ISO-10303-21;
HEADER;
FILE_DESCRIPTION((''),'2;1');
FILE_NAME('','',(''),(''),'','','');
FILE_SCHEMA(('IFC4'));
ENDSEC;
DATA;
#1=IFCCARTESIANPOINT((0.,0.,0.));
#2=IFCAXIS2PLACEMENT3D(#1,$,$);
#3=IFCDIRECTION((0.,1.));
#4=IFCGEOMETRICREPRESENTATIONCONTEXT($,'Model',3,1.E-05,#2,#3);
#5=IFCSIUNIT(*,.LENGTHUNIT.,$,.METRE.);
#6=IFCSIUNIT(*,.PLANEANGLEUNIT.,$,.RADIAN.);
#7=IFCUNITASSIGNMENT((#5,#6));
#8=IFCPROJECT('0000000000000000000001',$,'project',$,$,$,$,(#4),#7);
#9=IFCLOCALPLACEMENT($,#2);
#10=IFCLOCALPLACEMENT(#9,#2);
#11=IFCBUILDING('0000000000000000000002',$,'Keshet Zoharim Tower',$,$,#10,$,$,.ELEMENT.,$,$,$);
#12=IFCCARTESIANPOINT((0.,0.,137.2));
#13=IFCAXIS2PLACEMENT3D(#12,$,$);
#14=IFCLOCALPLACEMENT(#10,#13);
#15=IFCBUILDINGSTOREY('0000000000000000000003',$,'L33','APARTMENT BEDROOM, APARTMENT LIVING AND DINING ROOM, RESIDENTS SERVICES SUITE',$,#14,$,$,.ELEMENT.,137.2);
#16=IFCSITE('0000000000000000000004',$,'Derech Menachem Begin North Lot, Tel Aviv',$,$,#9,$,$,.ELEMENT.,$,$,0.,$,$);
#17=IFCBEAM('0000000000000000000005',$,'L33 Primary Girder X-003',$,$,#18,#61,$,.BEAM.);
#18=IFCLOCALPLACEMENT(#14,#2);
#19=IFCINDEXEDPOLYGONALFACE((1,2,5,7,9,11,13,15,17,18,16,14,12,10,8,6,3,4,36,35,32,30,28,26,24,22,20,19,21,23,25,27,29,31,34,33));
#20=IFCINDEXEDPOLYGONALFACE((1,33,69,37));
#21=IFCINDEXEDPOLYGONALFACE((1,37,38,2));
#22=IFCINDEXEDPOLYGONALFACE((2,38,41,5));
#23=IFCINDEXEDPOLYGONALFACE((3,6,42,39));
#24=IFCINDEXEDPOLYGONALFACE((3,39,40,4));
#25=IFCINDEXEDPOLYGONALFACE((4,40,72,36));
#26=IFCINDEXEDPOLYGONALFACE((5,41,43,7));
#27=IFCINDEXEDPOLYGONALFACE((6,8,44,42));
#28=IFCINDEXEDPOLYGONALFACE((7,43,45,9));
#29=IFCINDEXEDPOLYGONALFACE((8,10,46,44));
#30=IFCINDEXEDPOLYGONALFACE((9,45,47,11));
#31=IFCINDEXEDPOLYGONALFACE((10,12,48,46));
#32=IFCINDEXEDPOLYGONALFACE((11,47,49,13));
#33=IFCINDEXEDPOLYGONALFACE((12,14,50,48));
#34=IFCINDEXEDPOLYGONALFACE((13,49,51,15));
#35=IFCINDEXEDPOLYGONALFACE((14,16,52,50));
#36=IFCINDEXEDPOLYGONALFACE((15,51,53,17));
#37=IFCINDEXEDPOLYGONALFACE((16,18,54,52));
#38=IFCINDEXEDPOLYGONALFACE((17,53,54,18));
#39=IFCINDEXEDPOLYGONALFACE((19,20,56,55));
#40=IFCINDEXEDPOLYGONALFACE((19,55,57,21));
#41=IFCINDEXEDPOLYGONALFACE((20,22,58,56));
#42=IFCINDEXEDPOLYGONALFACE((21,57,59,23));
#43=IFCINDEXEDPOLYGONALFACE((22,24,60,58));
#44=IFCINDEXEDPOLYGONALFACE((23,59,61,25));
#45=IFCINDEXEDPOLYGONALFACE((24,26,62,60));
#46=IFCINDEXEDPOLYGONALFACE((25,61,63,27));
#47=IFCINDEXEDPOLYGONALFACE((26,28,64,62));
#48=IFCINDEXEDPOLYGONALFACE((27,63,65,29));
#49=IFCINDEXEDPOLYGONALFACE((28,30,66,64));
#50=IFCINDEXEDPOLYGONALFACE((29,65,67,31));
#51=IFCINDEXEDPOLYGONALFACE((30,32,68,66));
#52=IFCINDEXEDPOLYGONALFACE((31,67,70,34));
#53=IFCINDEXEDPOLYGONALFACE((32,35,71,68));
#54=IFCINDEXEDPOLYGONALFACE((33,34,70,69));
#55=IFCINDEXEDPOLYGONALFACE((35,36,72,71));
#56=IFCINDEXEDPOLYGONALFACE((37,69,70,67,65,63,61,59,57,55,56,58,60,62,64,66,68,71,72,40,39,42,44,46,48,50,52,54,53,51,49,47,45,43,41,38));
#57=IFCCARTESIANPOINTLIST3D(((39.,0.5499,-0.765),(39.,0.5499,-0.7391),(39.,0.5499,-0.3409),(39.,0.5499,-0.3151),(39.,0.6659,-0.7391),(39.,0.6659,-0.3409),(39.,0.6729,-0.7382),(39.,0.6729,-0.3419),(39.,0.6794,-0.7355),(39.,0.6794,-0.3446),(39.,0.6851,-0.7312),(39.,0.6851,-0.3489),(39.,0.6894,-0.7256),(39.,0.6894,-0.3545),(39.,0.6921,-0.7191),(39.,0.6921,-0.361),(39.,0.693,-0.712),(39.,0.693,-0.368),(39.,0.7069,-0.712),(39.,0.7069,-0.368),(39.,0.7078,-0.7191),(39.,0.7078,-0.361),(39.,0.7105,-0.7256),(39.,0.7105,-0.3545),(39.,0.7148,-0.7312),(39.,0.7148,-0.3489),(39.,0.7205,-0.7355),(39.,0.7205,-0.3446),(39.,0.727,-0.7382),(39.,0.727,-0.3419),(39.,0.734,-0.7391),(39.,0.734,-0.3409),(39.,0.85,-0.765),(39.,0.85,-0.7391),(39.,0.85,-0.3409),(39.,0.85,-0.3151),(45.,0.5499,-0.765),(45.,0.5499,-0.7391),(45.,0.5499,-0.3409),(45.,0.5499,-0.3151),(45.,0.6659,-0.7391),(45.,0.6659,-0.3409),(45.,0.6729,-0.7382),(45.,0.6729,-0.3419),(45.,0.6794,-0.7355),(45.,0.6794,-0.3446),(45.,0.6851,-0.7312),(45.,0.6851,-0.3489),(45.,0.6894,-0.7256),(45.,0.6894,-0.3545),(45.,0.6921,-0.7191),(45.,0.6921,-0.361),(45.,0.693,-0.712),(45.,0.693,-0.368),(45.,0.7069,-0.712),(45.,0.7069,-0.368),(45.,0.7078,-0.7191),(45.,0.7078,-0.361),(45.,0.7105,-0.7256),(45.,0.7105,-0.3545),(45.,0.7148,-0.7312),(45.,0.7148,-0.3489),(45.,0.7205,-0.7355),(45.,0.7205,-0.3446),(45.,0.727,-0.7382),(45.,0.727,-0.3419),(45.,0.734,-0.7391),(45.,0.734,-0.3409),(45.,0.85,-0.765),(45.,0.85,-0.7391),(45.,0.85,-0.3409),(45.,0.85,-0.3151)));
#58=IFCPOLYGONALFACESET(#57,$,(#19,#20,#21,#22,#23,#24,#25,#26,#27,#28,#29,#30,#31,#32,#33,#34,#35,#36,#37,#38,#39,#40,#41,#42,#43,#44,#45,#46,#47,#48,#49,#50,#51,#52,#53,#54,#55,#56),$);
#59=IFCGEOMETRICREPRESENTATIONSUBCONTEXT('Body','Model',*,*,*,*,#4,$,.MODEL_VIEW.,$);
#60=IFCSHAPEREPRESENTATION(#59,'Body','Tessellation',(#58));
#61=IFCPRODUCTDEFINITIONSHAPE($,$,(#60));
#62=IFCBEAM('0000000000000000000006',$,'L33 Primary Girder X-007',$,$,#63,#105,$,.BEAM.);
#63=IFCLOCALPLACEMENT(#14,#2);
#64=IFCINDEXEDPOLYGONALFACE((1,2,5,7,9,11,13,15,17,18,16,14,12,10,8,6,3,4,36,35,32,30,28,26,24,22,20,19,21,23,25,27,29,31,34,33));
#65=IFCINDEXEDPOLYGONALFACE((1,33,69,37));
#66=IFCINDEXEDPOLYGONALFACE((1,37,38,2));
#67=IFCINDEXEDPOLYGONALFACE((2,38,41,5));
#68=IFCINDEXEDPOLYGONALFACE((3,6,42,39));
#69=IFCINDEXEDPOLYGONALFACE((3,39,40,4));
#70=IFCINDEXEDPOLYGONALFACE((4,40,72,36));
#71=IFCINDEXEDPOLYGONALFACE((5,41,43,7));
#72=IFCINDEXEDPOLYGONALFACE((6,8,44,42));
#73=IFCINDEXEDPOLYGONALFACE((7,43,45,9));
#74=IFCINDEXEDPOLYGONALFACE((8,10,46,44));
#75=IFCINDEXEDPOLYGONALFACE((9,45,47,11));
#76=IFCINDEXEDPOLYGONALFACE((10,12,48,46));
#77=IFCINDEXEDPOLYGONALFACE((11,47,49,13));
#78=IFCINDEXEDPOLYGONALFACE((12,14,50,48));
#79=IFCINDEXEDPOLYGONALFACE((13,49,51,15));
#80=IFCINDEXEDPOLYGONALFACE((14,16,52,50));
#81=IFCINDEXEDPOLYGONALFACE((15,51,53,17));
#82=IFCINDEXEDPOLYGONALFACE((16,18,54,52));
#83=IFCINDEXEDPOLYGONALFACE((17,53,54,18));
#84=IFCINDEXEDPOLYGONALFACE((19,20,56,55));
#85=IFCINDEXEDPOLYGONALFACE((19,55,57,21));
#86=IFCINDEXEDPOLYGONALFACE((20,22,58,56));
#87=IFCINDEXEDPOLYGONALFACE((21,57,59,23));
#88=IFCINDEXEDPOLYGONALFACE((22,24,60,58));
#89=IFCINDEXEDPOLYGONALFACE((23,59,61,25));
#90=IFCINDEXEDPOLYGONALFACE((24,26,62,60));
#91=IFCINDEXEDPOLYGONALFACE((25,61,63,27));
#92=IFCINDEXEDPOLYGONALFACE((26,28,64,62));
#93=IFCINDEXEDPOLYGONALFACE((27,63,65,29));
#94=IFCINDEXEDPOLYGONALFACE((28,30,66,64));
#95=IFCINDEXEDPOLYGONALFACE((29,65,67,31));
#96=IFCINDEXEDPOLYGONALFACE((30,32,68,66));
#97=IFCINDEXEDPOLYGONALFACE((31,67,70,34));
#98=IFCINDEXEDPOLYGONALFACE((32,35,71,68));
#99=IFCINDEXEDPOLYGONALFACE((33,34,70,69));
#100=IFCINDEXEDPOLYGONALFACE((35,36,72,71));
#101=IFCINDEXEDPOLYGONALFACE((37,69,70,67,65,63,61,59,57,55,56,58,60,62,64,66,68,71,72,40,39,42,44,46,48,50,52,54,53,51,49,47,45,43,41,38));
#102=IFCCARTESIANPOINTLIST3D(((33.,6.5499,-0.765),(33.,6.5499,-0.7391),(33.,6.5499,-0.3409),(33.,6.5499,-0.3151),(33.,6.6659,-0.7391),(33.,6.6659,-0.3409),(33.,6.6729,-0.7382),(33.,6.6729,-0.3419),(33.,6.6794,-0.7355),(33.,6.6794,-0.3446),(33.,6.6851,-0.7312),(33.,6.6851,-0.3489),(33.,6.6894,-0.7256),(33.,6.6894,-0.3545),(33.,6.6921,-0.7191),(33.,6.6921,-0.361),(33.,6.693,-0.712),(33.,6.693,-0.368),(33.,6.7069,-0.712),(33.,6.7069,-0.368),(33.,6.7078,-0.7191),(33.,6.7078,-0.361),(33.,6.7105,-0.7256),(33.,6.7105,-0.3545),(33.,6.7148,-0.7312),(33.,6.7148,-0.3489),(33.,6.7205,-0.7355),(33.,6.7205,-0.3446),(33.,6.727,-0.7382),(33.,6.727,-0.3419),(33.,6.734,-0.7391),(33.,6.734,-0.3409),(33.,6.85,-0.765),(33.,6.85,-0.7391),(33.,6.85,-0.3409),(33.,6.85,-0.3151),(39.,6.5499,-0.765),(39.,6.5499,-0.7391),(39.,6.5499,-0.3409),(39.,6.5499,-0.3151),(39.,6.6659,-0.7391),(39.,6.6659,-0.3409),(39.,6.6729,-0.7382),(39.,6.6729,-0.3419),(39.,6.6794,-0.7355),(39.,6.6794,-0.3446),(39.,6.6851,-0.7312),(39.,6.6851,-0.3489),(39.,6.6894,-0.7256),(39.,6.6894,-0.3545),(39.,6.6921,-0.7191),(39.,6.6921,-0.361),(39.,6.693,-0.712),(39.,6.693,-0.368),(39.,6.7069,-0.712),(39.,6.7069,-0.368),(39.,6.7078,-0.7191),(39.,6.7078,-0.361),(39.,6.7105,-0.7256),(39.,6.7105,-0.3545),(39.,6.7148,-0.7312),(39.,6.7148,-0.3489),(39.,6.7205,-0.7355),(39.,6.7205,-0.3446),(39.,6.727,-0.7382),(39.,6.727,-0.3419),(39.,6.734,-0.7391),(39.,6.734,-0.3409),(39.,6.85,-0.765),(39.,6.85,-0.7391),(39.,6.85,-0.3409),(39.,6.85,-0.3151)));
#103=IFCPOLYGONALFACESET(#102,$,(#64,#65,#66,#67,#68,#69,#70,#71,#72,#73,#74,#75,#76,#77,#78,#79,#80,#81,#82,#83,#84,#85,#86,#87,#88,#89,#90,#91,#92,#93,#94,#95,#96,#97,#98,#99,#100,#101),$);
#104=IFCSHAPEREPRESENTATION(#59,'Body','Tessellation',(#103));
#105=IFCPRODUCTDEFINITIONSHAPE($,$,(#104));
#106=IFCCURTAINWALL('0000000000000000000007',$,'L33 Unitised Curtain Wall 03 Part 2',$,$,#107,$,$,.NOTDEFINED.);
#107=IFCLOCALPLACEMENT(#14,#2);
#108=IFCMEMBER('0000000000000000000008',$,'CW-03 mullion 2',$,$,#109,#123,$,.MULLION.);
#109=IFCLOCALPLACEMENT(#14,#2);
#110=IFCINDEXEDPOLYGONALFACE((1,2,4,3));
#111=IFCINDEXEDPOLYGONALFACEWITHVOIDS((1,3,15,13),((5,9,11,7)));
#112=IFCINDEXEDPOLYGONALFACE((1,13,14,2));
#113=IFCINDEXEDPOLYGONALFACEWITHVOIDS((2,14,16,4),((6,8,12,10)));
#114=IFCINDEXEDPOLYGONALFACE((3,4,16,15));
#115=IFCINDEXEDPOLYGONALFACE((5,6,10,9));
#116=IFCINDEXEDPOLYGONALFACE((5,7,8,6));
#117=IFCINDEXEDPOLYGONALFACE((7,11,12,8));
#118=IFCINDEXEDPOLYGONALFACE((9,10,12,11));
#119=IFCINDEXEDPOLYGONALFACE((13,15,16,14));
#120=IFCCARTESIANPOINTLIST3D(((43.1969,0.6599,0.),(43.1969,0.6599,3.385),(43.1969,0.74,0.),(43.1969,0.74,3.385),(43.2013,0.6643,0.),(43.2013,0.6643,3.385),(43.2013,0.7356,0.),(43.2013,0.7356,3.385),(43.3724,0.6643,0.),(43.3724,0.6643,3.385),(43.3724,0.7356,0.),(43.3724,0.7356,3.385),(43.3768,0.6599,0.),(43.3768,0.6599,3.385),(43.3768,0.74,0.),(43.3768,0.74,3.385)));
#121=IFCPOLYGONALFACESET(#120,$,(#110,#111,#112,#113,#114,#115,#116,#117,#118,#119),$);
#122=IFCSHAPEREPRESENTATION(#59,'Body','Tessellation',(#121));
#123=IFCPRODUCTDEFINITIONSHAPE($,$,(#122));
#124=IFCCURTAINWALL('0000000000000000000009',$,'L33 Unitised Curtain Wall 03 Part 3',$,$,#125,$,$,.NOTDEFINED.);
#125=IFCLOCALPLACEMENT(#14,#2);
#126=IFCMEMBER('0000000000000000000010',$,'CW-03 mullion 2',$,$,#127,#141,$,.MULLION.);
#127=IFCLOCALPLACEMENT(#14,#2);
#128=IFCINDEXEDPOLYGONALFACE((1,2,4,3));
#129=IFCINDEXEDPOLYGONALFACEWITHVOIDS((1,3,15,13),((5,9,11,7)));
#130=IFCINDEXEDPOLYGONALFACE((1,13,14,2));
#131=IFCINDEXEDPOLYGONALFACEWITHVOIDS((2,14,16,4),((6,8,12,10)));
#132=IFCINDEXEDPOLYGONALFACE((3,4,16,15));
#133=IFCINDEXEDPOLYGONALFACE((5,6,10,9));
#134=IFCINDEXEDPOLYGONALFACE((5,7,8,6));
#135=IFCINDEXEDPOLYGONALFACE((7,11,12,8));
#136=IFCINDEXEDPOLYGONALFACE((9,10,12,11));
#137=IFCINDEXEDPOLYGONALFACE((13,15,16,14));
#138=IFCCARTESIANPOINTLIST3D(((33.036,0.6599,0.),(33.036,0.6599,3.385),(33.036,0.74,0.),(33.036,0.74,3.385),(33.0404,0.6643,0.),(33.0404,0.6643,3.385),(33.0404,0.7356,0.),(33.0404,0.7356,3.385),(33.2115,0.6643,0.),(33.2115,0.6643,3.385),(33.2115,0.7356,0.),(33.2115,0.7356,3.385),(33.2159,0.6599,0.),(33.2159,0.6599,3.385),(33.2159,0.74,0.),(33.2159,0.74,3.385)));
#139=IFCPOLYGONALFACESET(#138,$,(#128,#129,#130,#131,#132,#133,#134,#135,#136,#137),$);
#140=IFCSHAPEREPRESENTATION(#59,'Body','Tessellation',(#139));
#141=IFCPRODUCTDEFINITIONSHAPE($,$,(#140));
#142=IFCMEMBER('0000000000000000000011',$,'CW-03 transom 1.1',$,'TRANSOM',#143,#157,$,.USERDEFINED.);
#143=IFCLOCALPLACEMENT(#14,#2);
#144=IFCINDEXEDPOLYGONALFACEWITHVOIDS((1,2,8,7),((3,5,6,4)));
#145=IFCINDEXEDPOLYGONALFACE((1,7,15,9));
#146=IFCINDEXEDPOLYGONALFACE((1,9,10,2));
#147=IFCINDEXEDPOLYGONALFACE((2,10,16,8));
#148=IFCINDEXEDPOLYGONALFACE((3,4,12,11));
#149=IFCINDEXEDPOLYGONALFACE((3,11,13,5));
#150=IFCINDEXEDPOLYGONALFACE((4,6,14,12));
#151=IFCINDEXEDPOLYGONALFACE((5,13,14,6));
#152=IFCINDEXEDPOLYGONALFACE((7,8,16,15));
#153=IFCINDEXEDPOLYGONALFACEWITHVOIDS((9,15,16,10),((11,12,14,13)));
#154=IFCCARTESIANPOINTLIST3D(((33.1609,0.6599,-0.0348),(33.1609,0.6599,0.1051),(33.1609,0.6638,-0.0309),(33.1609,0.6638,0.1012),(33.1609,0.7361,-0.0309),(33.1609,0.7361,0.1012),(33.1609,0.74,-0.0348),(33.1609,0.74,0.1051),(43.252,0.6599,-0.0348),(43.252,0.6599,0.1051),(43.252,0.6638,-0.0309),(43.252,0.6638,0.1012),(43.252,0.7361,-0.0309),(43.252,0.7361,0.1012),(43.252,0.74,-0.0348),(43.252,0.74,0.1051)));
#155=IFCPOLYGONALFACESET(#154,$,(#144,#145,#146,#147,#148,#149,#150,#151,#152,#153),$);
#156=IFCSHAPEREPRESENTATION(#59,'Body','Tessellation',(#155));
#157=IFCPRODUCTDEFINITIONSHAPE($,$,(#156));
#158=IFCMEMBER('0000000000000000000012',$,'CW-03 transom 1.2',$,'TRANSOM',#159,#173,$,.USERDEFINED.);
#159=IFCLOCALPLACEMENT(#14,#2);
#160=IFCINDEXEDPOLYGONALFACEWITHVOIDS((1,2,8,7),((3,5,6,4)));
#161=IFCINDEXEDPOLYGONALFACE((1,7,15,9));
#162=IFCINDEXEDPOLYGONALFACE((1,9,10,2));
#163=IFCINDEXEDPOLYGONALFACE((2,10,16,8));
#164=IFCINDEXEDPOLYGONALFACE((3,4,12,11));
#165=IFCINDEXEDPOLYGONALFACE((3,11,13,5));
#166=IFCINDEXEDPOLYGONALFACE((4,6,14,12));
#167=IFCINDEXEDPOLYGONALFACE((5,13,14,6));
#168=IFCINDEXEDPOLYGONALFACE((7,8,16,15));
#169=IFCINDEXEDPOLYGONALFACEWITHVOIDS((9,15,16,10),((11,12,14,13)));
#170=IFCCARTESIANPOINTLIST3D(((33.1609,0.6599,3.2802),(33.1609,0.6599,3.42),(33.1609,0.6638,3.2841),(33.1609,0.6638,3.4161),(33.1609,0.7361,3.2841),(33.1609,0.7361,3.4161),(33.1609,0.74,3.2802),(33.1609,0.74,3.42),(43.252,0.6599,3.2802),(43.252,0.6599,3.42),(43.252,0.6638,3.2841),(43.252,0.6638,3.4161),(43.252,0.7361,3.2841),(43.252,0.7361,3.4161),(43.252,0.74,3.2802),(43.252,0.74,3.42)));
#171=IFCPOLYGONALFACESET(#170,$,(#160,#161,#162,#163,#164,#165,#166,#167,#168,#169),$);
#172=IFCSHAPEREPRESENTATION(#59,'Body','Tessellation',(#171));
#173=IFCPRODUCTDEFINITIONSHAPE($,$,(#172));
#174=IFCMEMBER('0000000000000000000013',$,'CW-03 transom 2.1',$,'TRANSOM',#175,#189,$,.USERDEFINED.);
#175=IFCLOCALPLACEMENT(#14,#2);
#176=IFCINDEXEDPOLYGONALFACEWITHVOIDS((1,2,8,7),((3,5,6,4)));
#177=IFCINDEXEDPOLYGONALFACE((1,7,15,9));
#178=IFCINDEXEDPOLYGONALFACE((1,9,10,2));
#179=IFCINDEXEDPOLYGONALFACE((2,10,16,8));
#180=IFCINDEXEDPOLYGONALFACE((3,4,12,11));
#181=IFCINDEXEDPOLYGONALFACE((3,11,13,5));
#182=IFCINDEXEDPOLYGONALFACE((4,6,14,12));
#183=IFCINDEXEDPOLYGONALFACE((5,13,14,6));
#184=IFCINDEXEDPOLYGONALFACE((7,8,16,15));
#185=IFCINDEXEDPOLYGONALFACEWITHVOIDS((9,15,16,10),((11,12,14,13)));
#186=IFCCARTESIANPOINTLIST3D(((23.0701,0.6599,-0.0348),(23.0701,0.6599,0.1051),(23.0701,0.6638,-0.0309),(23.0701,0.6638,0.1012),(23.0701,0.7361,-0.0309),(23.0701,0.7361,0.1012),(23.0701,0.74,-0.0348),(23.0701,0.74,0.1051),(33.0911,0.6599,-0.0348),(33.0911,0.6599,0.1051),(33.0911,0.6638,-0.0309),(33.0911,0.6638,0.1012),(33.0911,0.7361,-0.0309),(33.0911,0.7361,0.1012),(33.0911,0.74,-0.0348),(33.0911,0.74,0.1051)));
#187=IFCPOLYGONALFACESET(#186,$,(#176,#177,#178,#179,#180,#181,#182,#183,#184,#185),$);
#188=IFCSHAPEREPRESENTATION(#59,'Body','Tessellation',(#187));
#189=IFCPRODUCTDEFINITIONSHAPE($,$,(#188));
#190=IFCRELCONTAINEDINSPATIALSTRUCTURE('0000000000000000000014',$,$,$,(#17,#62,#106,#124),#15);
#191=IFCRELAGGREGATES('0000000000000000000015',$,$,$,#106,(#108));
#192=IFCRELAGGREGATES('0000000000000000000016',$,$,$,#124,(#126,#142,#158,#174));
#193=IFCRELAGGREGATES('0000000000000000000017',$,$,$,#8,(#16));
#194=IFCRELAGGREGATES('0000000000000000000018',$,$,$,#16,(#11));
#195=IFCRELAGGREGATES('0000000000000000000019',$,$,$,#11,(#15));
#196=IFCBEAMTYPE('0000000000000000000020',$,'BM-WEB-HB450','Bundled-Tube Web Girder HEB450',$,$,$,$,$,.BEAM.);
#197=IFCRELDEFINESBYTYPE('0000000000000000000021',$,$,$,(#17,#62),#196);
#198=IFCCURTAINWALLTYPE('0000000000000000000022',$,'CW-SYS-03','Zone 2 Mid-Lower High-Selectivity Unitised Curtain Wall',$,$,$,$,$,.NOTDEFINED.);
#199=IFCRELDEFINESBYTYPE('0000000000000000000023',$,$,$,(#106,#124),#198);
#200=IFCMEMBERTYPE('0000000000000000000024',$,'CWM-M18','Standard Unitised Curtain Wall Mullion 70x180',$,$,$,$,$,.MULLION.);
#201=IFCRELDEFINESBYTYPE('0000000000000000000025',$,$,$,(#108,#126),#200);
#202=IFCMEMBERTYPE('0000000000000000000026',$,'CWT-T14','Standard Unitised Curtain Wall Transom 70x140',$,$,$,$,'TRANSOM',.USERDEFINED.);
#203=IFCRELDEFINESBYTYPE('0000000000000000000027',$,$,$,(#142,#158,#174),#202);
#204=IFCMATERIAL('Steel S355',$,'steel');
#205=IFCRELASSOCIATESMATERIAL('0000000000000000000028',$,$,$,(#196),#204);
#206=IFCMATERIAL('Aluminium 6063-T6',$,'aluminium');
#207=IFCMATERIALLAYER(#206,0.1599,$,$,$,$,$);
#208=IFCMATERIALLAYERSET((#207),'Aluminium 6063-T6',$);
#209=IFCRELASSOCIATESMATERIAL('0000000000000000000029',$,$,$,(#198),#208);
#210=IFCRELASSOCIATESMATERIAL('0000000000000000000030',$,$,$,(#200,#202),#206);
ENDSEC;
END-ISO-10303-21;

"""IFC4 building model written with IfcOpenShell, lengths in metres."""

from ifc_helpers import new_model, si_unit, direction, frame, origin, origin_2d, place, context, subcontext, project, spatial, hollow_rectangle, i_section, extrude, material, layer, layer_set, material_profile, profile_set, type_object, element, aggregate, save


model = new_model("IFC4")

# Units and contexts
model_context = context("Model", 3, precision=1e-05, world=origin(), true_north=direction((0.0, 1.0)))
body_context = subcontext(model_context, "Body", "Model", "MODEL_VIEW")
ifc_project = project(units=[si_unit("LENGTHUNIT", "METRE"), si_unit("PLANEANGLEUNIT", "RADIAN")], contexts=[model_context])

# Site, building, storey
site_placement = place(None, origin())
site = spatial("IfcSite", under=ifc_project, at=site_placement, Name="Derech Menachem Begin North Lot, Tel Aviv", CompositionType="ELEMENT", RefElevation=0.0)
building_placement = place(site_placement, origin())
building = spatial("IfcBuilding", under=site, at=building_placement, Name="Keshet Zoharim Tower", CompositionType="ELEMENT")
storey_placement = place(building_placement, frame((0.0, 0.0, 137.2)))
storey = spatial("IfcBuildingStorey", under=building, at=storey_placement, Name="L33", Description="APARTMENT BEDROOM, APARTMENT LIVING AND DINING ROOM, RESIDENTS SERVICES SUITE", CompositionType="ELEMENT", Elevation=137.2)

# Shared definitions
ifc_material_1 = material(Name="Steel S355", Category="steel")

# Beams
ifc_material_profile_1 = material_profile(ifc_material_1, i_section(OverallWidth=0.3, OverallDepth=0.45, WebThickness=0.0139, FlangeThickness=0.0259, FilletRadius=0.0271, at=origin_2d()), Name="HEB450")
ifc_profile_set_1 = profile_set([ifc_material_profile_1], Name="Steel S355")
beam_type_1 = type_object("IfcBeamType", Name="BM-WEB-HB450", Description="Bundled-Tube Web Girder HEB450", PredefinedType="BEAM", material=ifc_profile_set_1)
for number, where, z_axis, x_axis, name in (
    (1, (39.0, 0.7, -0.54), (1.0, 0.0, 0.0), (0.0, 1.0, 0.0), "L33 Primary Girder X-003"),
    (2, (33.0, 6.7, -0.54), (1.0, 0.0, 0.0), (0.0, 1.0, 0.0), "L33 Primary Girder X-007"),
):
    element("IfcBeam", number, at=place(storey_placement, frame(where, z_axis=z_axis, x_axis=x_axis)), inside=storey, type_object=beam_type_1, Name=name, PredefinedType="BEAM", context=body_context, shape_type="SweptSolid", body=[
        extrude(i_section(OverallWidth=0.3, OverallDepth=0.45, WebThickness=0.0139, FlangeThickness=0.0259, FilletRadius=0.0271, at=origin_2d()), origin(), (0.0, 0.0, 1.0), 6.0),
    ])

# Curtain wall, member
ifc_material_2 = material(Name="Aluminium 6063-T6", Category="aluminium")
ifc_layer_1 = layer(ifc_material_2, 0.1599)
ifc_layer_set_1 = layer_set([ifc_layer_1], Name="Aluminium 6063-T6")
curtain_wall_type = type_object("IfcCurtainWallType", Name="CW-SYS-03", Description="Zone 2 Mid-Lower High-Selectivity Unitised Curtain Wall", PredefinedType="NOTDEFINED", material=ifc_layer_set_1)
curtain_wall_1_placement = place(storey_placement, origin())
curtain_wall_1 = element("IfcCurtainWall", 3, at=curtain_wall_1_placement, inside=storey, type_object=curtain_wall_type, Name="L33 Unitised Curtain Wall 03 Part 2", PredefinedType="NOTDEFINED")
ifc_material_profile_2 = material_profile(ifc_material_2, hollow_rectangle(XDim=0.0801, YDim=0.1799, WallThickness=0.0044, at=origin_2d()), Name="MUL-80x180")
ifc_profile_set_2 = profile_set([ifc_material_profile_2], Name="Aluminium 6063-T6")
member_type_1 = type_object("IfcMemberType", Name="CWM-M18", Description="Standard Unitised Curtain Wall Mullion 70x180", PredefinedType="MULLION", material=ifc_profile_set_2)
member_1_placement = place(storey_placement, frame((43.2869, 0.7, 0.0), z_axis=(0.0, 0.0, 1.0), x_axis=(0.0, -1.0, 0.0)))
member_1 = element("IfcMember", 4, at=member_1_placement, type_object=member_type_1, Name="CW-03 mullion 2", PredefinedType="MULLION", context=body_context, shape_type="SweptSolid", body=[
    extrude(hollow_rectangle(XDim=0.0801, YDim=0.1799, WallThickness=0.0044, at=origin_2d()), origin(), (0.0, 0.0, 1.0), 3.385),
])
aggregate(curtain_wall_1, [member_1])

# Curtain wall, members
curtain_wall_2_placement = place(storey_placement, origin())
curtain_wall_2 = element("IfcCurtainWall", 5, at=curtain_wall_2_placement, inside=storey, type_object=curtain_wall_type, Name="L33 Unitised Curtain Wall 03 Part 3", PredefinedType="NOTDEFINED")
member_2_placement = place(storey_placement, frame((33.126, 0.7, 0.0), z_axis=(0.0, 0.0, 1.0), x_axis=(0.0, -1.0, 0.0)))
member_2 = element("IfcMember", 6, at=member_2_placement, type_object=member_type_1, Name="CW-03 mullion 2", PredefinedType="MULLION", context=body_context, shape_type="SweptSolid", body=[
    extrude(hollow_rectangle(XDim=0.0801, YDim=0.1799, WallThickness=0.0044, at=origin_2d()), origin(), (0.0, 0.0, 1.0), 3.385),
])
ifc_material_profile_3 = material_profile(ifc_material_2, hollow_rectangle(XDim=0.0801, YDim=0.1399, WallThickness=0.0039, at=origin_2d()), Name="TRN-80x140")
ifc_profile_set_3 = profile_set([ifc_material_profile_3], Name="Aluminium 6063-T6")
member_type_2 = type_object("IfcMemberType", Name="CWT-T14", Description="Standard Unitised Curtain Wall Transom 70x140", ElementType="TRANSOM", PredefinedType="USERDEFINED", material=ifc_profile_set_3)
member_3_placement = place(storey_placement, frame((43.252, 0.7, 0.0352), z_axis=(-1.0, 0.0, 0.0), x_axis=(0.0, -1.0, 0.0)))
member_3 = element("IfcMember", 7, at=member_3_placement, type_object=member_type_2, Name="CW-03 transom 1.1", ObjectType="TRANSOM", PredefinedType="USERDEFINED", context=body_context, shape_type="SweptSolid", body=[
    extrude(hollow_rectangle(XDim=0.0801, YDim=0.1399, WallThickness=0.0039, at=origin_2d()), origin(), (0.0, 0.0, 1.0), 10.0911),
])
member_4_placement = place(storey_placement, frame((43.252, 0.7, 3.3501), z_axis=(-1.0, 0.0, 0.0), x_axis=(0.0, -1.0, 0.0)))
member_4 = element("IfcMember", 8, at=member_4_placement, type_object=member_type_2, Name="CW-03 transom 1.2", ObjectType="TRANSOM", PredefinedType="USERDEFINED", context=body_context, shape_type="SweptSolid", body=[
    extrude(hollow_rectangle(XDim=0.0801, YDim=0.1399, WallThickness=0.0039, at=origin_2d()), origin(), (0.0, 0.0, 1.0), 10.0911),
])
member_5_placement = place(storey_placement, frame((33.0911, 0.7, 0.0352), z_axis=(-1.0, 0.0, 0.0), x_axis=(0.0, -1.0, 0.0)))
member_5 = element("IfcMember", 9, at=member_5_placement, type_object=member_type_2, Name="CW-03 transom 2.1", ObjectType="TRANSOM", PredefinedType="USERDEFINED", context=body_context, shape_type="SweptSolid", body=[
    extrude(hollow_rectangle(XDim=0.0801, YDim=0.1399, WallThickness=0.0039, at=origin_2d()), origin(), (0.0, 0.0, 1.0), 10.021),
])
aggregate(curtain_wall_2, [member_2, member_3, member_4, member_5])

save(model, "model.ifc")
